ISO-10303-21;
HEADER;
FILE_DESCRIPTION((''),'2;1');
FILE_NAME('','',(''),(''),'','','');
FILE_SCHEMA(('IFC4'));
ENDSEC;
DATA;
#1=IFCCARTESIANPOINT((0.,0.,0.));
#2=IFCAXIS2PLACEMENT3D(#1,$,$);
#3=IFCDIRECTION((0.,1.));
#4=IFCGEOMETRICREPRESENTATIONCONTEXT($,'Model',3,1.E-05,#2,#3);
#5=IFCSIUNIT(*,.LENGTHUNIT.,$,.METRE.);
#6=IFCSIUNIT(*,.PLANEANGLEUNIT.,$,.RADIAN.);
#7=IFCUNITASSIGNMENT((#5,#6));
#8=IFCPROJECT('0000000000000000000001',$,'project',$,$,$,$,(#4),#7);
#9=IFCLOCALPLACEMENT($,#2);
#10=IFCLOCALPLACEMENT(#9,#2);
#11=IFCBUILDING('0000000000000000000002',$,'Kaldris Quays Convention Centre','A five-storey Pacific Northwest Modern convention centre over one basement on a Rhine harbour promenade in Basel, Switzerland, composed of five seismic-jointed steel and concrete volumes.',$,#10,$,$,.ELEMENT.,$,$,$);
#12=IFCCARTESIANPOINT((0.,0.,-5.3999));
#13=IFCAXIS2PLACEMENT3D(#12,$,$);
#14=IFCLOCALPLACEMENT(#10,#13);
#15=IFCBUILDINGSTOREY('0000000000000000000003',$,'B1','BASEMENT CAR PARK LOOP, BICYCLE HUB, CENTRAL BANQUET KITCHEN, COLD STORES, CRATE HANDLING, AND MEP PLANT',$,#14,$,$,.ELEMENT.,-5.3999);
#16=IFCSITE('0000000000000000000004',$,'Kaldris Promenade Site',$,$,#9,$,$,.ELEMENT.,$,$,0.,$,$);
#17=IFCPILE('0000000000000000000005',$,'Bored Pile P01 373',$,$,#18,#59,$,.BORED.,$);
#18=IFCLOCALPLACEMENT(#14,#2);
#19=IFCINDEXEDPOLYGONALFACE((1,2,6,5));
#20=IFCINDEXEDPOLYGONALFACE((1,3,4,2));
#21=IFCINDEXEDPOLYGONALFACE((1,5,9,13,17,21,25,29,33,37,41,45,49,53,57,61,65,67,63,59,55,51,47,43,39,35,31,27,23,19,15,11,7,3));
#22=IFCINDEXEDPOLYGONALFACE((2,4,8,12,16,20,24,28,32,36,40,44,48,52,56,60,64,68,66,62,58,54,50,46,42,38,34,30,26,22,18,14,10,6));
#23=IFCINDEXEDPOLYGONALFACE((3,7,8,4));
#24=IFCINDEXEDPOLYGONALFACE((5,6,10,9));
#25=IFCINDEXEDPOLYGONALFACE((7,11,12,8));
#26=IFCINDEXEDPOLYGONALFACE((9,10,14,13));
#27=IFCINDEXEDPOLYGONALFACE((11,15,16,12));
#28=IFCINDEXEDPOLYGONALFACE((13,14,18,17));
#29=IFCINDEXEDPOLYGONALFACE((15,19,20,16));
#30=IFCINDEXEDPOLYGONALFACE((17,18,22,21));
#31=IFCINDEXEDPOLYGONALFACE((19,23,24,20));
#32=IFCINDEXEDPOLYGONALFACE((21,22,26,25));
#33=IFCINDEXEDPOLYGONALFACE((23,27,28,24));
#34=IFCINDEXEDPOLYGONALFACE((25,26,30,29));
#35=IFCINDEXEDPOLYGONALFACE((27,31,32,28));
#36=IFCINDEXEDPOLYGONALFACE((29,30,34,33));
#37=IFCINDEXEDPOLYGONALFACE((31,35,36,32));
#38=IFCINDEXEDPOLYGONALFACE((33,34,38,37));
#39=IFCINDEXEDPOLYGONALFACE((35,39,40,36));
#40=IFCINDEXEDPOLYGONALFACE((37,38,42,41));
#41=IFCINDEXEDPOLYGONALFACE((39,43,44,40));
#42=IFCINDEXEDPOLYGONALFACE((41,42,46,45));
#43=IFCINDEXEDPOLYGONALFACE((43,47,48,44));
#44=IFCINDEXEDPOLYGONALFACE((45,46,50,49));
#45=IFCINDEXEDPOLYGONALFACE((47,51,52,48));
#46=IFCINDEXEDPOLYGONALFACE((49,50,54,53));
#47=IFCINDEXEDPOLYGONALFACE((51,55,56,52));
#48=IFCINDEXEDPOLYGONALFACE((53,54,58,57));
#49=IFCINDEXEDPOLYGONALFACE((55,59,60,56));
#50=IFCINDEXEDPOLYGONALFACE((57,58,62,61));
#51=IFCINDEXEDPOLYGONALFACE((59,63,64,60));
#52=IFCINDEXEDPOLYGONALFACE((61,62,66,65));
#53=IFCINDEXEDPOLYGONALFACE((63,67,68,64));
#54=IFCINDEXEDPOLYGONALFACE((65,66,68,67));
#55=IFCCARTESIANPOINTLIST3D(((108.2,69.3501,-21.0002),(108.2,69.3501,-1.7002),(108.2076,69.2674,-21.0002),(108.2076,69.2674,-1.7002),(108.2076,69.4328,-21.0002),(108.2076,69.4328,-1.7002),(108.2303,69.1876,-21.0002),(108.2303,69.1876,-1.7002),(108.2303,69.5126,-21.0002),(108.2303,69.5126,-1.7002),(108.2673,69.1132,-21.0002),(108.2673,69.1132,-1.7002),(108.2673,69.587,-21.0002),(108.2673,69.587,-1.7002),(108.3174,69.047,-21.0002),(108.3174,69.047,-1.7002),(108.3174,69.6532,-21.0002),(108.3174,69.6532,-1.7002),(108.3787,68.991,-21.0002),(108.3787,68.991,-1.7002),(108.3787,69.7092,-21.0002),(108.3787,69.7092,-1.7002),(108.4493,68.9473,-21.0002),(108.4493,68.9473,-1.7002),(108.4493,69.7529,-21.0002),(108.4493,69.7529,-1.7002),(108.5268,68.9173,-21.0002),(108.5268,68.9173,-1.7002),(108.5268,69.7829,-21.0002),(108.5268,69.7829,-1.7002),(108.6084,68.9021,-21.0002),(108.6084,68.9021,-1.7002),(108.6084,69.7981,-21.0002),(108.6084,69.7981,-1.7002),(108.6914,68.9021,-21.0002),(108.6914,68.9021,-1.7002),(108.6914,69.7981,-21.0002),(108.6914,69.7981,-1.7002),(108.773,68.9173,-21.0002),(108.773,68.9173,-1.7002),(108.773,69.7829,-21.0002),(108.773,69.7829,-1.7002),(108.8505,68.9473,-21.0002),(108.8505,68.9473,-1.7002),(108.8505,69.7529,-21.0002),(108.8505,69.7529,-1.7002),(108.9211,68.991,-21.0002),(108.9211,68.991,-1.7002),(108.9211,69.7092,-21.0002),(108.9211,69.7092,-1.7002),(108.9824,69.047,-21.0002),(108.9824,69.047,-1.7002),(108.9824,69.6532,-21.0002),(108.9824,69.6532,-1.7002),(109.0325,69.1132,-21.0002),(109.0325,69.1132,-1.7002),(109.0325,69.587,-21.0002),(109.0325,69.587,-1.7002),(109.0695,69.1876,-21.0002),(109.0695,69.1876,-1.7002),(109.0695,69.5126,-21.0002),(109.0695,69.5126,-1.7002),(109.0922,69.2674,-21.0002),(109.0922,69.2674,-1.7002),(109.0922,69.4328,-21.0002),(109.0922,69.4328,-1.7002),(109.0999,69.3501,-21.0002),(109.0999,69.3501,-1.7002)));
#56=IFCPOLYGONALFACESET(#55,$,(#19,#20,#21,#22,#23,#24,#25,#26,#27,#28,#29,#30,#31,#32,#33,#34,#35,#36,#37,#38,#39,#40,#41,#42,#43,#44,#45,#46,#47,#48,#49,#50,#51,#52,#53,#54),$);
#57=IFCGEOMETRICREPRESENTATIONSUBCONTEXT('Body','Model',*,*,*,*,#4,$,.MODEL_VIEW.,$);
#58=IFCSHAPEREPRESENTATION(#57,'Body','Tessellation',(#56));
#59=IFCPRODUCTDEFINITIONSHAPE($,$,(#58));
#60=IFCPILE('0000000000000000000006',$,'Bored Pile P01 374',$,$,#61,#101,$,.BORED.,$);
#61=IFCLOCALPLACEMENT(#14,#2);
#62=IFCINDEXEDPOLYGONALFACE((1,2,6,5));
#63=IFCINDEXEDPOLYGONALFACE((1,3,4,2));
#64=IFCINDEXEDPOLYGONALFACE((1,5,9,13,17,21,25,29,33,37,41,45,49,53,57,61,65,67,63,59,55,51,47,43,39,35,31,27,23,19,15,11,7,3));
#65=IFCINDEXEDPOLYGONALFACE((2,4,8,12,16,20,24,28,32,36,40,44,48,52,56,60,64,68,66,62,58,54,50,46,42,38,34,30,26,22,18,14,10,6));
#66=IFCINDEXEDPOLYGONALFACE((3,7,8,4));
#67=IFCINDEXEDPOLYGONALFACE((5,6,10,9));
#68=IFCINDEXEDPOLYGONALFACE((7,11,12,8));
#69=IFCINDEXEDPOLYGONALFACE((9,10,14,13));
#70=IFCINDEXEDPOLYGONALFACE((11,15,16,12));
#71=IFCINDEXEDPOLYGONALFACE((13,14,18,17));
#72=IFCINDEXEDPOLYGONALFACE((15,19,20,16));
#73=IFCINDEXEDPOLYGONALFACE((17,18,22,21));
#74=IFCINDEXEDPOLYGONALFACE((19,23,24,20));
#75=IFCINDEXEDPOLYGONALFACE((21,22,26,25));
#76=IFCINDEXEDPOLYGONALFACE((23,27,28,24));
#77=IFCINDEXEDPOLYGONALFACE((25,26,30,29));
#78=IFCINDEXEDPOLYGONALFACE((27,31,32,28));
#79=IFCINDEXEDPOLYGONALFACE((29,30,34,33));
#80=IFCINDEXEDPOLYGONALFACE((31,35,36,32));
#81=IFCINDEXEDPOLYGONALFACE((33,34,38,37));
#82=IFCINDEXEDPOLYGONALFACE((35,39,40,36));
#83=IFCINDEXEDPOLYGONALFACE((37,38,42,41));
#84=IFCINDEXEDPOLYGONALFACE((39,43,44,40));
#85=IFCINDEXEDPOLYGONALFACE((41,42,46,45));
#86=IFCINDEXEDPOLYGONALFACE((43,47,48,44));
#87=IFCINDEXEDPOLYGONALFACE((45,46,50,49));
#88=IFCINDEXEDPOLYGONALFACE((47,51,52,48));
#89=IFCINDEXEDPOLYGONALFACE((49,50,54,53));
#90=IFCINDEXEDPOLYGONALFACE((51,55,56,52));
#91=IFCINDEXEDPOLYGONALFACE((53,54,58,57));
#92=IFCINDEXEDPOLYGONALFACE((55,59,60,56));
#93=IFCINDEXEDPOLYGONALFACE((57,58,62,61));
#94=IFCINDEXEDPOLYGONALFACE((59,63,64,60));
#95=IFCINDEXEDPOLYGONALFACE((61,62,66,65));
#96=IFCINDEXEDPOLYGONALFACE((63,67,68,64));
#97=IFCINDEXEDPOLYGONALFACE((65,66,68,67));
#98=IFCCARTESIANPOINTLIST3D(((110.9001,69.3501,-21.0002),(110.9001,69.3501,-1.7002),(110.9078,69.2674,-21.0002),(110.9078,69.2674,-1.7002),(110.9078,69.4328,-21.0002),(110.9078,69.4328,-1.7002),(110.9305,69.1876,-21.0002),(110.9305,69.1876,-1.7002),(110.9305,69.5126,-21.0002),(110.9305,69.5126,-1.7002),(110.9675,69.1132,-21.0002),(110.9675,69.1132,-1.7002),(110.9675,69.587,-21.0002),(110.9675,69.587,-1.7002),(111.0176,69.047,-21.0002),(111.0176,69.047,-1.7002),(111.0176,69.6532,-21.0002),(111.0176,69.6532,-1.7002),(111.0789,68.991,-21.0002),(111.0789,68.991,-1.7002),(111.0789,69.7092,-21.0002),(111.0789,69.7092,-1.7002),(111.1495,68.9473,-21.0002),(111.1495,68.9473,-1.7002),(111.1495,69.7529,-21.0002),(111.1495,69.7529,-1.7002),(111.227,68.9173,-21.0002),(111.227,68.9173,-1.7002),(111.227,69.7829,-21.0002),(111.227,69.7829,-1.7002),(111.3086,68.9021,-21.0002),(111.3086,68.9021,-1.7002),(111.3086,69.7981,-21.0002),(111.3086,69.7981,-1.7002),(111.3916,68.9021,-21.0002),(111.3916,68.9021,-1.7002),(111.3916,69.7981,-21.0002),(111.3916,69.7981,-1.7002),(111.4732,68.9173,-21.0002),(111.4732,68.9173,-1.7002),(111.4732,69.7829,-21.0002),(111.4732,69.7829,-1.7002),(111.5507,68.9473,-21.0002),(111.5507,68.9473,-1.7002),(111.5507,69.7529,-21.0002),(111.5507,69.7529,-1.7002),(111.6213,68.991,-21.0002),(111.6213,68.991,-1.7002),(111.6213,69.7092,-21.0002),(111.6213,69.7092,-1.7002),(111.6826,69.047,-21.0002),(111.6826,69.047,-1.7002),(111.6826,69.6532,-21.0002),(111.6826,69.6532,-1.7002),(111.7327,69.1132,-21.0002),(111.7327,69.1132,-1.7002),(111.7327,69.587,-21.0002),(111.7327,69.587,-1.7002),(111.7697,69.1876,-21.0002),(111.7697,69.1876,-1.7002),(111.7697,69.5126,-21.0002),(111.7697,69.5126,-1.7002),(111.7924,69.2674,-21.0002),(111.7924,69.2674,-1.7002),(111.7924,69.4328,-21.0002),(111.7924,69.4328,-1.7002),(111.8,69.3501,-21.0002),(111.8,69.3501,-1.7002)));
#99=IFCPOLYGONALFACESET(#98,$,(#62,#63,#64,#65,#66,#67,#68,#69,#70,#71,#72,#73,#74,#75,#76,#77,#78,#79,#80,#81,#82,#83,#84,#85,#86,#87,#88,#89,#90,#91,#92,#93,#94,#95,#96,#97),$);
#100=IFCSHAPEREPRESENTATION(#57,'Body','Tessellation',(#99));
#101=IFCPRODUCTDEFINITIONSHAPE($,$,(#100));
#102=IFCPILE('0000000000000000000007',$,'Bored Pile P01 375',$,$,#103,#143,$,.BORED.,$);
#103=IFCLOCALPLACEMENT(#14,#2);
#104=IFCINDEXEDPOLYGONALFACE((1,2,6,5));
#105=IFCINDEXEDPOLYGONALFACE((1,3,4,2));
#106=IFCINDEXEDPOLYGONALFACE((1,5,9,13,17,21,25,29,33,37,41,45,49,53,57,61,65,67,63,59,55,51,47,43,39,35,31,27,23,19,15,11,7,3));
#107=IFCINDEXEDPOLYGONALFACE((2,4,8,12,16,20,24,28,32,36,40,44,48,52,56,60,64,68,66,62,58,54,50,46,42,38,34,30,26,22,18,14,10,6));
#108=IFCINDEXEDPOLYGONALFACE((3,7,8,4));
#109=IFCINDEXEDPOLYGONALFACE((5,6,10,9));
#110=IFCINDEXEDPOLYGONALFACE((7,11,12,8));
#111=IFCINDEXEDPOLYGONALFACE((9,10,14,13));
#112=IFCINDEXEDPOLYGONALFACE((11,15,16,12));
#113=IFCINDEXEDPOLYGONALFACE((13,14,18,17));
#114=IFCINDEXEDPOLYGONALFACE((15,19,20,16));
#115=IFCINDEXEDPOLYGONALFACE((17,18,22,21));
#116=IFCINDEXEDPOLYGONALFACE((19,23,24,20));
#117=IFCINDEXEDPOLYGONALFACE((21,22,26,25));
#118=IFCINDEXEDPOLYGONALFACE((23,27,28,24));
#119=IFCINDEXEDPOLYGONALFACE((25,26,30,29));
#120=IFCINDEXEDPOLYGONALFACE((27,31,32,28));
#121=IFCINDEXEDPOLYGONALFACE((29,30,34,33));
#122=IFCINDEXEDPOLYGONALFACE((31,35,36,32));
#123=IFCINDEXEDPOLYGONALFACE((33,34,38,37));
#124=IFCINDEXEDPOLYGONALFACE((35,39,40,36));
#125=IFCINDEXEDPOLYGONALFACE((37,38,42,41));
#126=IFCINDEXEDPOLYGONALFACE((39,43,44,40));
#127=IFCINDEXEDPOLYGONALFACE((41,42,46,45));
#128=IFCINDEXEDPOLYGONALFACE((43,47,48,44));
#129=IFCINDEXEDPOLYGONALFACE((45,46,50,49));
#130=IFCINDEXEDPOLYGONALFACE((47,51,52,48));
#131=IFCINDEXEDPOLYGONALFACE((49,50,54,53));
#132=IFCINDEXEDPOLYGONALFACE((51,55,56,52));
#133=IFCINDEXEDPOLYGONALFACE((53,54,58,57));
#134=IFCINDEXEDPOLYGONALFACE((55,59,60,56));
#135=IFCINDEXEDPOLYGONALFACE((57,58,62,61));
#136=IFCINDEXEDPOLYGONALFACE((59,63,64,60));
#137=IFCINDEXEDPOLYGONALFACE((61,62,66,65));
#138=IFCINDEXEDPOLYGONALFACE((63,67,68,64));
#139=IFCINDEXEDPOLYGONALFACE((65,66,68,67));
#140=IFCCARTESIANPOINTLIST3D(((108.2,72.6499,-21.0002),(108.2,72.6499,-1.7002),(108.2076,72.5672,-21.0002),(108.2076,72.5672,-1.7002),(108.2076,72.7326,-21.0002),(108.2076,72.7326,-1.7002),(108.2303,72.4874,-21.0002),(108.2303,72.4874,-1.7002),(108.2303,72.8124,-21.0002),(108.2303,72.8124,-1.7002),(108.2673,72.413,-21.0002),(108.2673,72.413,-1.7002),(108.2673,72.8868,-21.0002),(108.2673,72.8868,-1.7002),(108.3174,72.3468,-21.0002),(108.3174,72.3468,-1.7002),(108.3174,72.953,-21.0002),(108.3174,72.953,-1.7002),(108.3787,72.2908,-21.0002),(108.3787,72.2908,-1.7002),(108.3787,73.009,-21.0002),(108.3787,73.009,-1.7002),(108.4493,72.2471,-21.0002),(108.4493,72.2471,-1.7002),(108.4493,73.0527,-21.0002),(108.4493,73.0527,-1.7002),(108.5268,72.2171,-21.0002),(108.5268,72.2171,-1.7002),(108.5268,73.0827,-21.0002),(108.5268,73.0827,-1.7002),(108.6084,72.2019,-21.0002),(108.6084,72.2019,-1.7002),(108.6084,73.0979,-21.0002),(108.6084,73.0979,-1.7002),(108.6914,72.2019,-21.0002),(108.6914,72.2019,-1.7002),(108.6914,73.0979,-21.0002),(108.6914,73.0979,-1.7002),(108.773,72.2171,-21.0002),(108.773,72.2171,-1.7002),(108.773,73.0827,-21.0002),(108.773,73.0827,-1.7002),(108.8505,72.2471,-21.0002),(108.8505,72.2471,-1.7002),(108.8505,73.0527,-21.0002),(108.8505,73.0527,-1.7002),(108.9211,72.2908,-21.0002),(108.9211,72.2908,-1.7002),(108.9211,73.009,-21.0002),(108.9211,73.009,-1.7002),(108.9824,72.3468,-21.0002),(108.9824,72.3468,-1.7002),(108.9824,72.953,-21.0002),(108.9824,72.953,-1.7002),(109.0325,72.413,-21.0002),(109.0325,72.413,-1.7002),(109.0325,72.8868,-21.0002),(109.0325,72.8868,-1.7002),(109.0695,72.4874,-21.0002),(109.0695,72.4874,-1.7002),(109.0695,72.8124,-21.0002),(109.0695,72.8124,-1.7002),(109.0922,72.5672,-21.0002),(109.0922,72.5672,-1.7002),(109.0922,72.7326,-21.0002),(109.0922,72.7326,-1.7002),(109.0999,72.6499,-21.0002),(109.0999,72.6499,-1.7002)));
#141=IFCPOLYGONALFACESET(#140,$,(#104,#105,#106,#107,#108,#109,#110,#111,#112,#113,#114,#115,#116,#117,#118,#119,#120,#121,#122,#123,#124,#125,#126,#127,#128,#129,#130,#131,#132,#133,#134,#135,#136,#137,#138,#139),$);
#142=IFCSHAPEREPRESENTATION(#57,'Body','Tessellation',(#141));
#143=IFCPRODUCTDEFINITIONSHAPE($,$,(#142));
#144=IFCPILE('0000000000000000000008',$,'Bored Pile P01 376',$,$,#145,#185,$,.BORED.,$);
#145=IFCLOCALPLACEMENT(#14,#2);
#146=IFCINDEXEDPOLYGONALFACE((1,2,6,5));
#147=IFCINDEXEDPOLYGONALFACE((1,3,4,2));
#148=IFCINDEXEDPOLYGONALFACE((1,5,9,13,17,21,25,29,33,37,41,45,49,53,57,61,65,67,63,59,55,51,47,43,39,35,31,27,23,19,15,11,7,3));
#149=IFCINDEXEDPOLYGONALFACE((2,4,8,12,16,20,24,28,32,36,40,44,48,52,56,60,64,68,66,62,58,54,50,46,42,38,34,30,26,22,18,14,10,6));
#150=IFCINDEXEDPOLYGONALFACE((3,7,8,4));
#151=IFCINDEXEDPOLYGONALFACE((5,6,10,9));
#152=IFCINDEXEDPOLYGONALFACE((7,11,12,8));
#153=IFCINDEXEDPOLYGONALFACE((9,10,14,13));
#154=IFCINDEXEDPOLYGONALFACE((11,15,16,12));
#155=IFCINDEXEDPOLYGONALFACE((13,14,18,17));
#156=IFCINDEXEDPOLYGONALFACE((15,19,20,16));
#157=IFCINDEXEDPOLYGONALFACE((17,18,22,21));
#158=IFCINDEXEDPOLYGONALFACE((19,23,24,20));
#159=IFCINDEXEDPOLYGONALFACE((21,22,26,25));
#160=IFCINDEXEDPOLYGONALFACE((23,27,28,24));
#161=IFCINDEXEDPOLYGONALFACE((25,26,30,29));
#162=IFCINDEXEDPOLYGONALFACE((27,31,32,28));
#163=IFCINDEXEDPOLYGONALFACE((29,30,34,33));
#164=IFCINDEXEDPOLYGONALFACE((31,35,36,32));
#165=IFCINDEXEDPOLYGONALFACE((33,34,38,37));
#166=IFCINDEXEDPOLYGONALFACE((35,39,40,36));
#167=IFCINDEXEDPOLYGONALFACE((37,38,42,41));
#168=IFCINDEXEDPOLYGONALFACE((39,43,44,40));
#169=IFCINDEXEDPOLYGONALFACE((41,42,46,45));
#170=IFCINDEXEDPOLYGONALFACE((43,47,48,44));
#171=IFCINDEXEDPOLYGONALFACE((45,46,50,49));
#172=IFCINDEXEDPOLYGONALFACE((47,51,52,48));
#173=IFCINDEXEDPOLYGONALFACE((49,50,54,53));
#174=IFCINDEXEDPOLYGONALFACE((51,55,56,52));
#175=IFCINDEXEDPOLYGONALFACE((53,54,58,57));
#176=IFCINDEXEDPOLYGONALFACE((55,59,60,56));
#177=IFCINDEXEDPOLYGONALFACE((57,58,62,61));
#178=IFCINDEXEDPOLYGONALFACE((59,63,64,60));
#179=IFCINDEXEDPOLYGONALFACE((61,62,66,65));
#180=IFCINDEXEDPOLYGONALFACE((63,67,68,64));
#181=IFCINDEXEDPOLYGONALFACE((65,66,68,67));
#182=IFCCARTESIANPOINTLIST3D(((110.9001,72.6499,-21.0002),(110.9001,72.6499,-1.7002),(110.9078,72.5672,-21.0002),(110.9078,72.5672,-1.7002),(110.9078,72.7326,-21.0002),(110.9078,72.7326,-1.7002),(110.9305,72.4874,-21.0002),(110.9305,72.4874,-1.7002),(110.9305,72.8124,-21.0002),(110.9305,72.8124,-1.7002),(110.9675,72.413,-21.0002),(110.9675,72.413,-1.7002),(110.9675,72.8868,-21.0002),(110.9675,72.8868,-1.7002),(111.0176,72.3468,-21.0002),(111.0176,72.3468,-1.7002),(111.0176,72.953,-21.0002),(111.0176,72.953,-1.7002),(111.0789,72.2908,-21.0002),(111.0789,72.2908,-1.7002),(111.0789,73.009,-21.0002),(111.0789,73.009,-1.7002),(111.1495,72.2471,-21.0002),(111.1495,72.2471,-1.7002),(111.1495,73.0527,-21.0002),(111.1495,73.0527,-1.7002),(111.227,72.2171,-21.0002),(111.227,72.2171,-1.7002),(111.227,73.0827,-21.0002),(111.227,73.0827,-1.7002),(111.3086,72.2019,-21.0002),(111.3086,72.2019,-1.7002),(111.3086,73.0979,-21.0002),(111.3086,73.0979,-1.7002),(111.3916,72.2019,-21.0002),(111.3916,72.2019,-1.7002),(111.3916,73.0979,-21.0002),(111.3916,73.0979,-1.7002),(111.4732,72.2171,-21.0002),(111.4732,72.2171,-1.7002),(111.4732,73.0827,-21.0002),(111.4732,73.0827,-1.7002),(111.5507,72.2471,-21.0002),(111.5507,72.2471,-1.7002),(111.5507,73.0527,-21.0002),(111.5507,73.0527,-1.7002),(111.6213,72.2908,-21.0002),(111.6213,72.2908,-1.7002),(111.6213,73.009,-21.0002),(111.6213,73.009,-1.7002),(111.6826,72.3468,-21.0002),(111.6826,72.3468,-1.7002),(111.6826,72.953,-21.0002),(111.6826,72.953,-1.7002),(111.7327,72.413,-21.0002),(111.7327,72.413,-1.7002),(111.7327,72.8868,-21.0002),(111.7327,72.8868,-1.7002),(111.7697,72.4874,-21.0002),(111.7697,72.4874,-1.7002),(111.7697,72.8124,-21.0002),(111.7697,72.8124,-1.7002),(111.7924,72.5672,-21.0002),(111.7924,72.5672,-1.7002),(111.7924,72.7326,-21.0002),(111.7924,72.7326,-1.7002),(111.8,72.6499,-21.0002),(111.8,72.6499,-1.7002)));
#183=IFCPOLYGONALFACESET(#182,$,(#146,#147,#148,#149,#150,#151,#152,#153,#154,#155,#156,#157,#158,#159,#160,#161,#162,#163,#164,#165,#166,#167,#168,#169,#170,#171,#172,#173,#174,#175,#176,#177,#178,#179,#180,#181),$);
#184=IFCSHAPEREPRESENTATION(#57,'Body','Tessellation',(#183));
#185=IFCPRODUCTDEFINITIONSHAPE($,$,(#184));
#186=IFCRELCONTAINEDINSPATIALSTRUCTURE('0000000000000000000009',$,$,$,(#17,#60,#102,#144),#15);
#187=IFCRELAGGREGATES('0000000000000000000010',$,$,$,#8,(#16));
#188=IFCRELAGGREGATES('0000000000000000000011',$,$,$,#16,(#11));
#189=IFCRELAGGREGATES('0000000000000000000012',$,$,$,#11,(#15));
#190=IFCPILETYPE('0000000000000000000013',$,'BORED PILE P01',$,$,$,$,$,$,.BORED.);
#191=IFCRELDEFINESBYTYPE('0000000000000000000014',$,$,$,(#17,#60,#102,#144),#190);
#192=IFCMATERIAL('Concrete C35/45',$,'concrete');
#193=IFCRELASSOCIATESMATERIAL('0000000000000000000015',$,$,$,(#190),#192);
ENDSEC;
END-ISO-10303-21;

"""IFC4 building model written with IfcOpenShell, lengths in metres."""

from ifc_helpers import new_model, si_unit, direction, frame, origin, origin_2d, place, context, subcontext, project, spatial, circle, extrude, material, material_profile, profile_set, type_object, element, save


model = new_model("IFC4")

# Units and contexts
model_context = context("Model", 3, precision=1e-05, world=origin(), true_north=direction((0.0, 1.0)))
body_context = subcontext(model_context, "Body", "Model", "MODEL_VIEW")
ifc_project = project(units=[si_unit("LENGTHUNIT", "METRE"), si_unit("PLANEANGLEUNIT", "RADIAN")], contexts=[model_context])

# Site, building, storey
site_placement = place(None, origin())
site = spatial("IfcSite", under=ifc_project, at=site_placement, Name="Kaldris Promenade Site", CompositionType="ELEMENT", RefElevation=0.0)
building_placement = place(site_placement, origin())
building = spatial("IfcBuilding", under=site, at=building_placement, Name="Kaldris Quays Convention Centre", Description="A five-storey Pacific Northwest Modern convention centre over one basement on a Rhine harbour promenade in Basel, Switzerland, composed of five seismic-jointed steel and concrete volumes.", CompositionType="ELEMENT")
storey_placement = place(building_placement, frame((0.0, 0.0, -5.3999)))
storey = spatial("IfcBuildingStorey", under=building, at=storey_placement, Name="B1", Description="BASEMENT CAR PARK LOOP, BICYCLE HUB, CENTRAL BANQUET KITCHEN, COLD STORES, CRATE HANDLING, AND MEP PLANT", CompositionType="ELEMENT", Elevation=-5.3999)

# Piles
ifc_material_1 = material(Name="Concrete C35/45", Category="concrete")
ifc_material_profile_1 = material_profile(ifc_material_1, circle(Radius=0.45, at=origin_2d()), Name="BORED PILE D900")
ifc_profile_set_1 = profile_set([ifc_material_profile_1], Name="Concrete C35/45")
pile_type = type_object("IfcPileType", Name="BORED PILE P01", PredefinedType="BORED", material=ifc_profile_set_1)
for number, where, z_axis, x_axis, name in (
    (1, (108.6499, 69.3501, -1.7002), (0.0, 0.0, -1.0), (1.0, 0.0, 0.0), "Bored Pile P01 373"),
    (2, (111.3501, 69.3501, -1.7002), (0.0, 0.0, -1.0), (1.0, 0.0, 0.0), "Bored Pile P01 374"),
    (3, (108.6499, 72.6499, -1.7002), (0.0, 0.0, -1.0), (1.0, 0.0, 0.0), "Bored Pile P01 375"),
    (4, (111.3501, 72.6499, -1.7002), (0.0, 0.0, -1.0), (1.0, 0.0, 0.0), "Bored Pile P01 376"),
):
    element("IfcPile", number, at=place(storey_placement, frame(where, z_axis=z_axis, x_axis=x_axis)), inside=storey, type_object=pile_type, Name=name, PredefinedType="BORED", context=body_context, shape_type="SweptSolid", body=[
        extrude(circle(Radius=0.45, at=origin_2d()), origin(), (0.0, 0.0, 1.0), 19.3),
    ])

save(model, "model.ifc")
